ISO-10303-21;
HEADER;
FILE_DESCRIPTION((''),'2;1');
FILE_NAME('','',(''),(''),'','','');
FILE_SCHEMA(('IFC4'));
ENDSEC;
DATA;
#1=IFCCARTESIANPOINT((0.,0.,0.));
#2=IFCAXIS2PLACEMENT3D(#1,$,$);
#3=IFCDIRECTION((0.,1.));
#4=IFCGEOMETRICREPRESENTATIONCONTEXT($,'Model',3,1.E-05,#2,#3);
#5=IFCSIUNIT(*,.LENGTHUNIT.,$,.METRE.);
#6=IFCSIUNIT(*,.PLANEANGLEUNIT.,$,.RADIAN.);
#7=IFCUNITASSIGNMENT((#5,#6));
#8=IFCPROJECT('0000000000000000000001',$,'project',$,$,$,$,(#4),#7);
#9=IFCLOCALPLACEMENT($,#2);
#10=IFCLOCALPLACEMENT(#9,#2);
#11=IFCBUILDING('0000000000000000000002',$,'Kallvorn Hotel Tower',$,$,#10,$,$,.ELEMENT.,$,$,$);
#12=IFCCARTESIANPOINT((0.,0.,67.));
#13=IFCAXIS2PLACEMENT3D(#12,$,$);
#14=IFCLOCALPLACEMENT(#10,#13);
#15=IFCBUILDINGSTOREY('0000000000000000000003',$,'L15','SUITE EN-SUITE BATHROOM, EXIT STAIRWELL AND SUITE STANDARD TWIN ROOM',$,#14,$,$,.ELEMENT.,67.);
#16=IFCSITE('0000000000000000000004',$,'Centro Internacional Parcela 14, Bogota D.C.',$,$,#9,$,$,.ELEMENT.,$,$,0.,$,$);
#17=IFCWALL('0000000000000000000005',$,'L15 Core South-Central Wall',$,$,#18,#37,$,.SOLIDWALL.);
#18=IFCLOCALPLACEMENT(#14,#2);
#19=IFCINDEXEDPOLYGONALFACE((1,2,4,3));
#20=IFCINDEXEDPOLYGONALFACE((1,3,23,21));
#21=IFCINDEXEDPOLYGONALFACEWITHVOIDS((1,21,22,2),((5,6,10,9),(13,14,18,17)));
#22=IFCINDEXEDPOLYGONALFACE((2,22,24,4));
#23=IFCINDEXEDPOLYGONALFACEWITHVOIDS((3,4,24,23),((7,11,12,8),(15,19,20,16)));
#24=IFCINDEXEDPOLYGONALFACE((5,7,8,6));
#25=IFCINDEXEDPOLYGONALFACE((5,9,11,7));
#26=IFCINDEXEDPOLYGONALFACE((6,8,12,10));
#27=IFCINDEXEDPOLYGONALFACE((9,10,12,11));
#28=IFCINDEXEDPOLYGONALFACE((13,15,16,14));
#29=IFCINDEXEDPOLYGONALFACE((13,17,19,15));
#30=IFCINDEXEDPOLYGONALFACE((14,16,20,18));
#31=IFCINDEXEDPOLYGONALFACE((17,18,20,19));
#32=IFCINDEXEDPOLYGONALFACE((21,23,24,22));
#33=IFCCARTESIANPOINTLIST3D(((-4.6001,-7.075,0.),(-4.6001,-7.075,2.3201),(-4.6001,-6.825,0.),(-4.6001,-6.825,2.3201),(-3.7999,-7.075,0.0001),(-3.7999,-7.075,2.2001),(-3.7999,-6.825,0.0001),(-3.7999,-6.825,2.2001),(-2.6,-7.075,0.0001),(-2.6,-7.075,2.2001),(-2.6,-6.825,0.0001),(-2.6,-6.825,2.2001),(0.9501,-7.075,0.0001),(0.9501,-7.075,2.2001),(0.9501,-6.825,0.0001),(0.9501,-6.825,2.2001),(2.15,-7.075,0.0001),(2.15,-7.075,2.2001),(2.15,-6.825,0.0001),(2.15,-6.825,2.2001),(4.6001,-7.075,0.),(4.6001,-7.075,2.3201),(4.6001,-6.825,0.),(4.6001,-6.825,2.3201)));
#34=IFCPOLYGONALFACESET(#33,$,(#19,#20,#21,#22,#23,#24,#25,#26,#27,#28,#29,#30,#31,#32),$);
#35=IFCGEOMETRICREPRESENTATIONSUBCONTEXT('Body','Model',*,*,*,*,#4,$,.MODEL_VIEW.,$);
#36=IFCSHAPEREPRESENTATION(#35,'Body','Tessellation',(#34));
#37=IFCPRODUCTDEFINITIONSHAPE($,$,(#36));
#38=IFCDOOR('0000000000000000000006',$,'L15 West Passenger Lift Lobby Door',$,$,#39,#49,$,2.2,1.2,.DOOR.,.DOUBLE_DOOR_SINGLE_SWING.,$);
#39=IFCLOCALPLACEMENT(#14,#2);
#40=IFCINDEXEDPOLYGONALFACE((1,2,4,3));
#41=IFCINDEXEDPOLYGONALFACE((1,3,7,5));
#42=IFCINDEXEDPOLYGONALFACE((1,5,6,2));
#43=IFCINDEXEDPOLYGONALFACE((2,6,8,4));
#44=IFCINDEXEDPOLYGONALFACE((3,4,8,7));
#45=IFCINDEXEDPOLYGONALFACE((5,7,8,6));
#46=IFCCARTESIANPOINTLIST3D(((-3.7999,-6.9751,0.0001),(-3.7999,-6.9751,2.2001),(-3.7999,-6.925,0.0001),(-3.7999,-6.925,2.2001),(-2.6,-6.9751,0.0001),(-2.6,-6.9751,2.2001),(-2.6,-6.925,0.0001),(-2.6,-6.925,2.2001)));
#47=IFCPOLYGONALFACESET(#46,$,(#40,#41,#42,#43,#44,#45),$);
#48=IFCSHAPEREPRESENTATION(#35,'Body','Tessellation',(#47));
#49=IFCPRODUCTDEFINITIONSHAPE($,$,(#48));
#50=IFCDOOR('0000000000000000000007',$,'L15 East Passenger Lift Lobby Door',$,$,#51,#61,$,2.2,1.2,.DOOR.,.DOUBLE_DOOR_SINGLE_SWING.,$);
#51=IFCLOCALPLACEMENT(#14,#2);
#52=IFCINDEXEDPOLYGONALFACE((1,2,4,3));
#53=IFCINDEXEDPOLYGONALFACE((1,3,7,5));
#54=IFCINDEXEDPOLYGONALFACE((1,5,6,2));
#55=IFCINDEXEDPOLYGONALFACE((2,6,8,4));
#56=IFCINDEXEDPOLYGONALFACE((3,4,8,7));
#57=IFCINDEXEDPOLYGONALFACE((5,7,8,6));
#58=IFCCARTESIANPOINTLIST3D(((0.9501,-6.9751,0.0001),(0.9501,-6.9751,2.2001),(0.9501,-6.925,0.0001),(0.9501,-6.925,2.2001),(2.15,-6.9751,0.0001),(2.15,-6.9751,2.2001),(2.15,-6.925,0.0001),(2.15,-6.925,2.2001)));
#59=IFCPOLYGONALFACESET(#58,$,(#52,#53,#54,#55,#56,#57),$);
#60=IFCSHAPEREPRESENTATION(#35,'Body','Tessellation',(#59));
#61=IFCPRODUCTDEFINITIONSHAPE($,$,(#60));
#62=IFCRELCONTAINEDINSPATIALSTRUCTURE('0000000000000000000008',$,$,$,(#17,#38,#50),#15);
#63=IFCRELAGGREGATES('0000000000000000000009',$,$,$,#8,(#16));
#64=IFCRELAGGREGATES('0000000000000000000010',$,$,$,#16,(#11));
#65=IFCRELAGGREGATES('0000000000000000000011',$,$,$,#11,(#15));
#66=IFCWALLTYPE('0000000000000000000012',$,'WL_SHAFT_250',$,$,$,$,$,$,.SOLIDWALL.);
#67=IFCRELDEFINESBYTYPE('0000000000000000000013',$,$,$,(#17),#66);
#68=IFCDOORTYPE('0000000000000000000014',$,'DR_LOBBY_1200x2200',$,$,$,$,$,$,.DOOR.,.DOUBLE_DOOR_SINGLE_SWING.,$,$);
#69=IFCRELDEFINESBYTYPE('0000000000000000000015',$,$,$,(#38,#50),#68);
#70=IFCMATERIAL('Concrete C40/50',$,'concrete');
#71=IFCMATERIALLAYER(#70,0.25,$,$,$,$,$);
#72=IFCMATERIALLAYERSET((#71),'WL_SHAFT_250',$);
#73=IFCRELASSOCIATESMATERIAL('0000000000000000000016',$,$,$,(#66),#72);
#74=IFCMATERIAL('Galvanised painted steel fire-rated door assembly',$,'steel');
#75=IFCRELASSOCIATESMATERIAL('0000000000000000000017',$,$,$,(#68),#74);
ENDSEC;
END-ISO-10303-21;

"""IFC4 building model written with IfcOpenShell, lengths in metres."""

from ifc_helpers import new_model, si_unit, direction, frame, frame_2d, origin, place, context, subcontext, project, spatial, rectangle, extrude, material, layer, layer_set, type_object, element, fill, save


model = new_model("IFC4")

# Units and contexts
model_context = context("Model", 3, precision=1e-05, world=origin(), true_north=direction((0.0, 1.0)))
body_context = subcontext(model_context, "Body", "Model", "MODEL_VIEW")
ifc_project = project(units=[si_unit("LENGTHUNIT", "METRE"), si_unit("PLANEANGLEUNIT", "RADIAN")], contexts=[model_context])

# Site, building, storey
site_placement = place(None, origin())
site = spatial("IfcSite", under=ifc_project, at=site_placement, Name="Centro Internacional Parcela 14, Bogota D.C.", CompositionType="ELEMENT", RefElevation=0.0)
building_placement = place(site_placement, origin())
building = spatial("IfcBuilding", under=site, at=building_placement, Name="Kallvorn Hotel Tower", CompositionType="ELEMENT")
storey_placement = place(building_placement, frame((0.0, 0.0, 67.0)))
storey = spatial("IfcBuildingStorey", under=building, at=storey_placement, Name="L15", Description="SUITE EN-SUITE BATHROOM, EXIT STAIRWELL AND SUITE STANDARD TWIN ROOM", CompositionType="ELEMENT", Elevation=67.0)

# Wall, openings, doors
ifc_material_1 = material(Name="Concrete C40/50", Category="concrete")
ifc_layer_1 = layer(ifc_material_1, 0.25)
ifc_layer_set_1 = layer_set([ifc_layer_1], Name="WL_SHAFT_250")
wall_type_1 = type_object("IfcWallType", Name="WL_SHAFT_250", PredefinedType="SOLIDWALL", material=ifc_layer_set_1)
wall_1_placement = place(storey_placement, frame((-4.6001, -6.95, 0.0), z_axis=(0.0, 0.0, 1.0), x_axis=(1.0, 0.0, 0.0)))
wall_1 = element("IfcWall", 1, at=wall_1_placement, inside=storey, type_object=wall_type_1, Name="L15 Core South-Central Wall", PredefinedType="SOLIDWALL", context=body_context, shape_type="SweptSolid", body=[
    extrude(rectangle(XDim=9.2002, YDim=0.25, at=frame_2d((4.6001, 0.0))), origin(), (0.0, 0.0, 1.0), 2.3201),
])
opening_1_placement = place(wall_1_placement, frame((0.8, 0.0, 0.0)))
opening_1 = element("IfcOpeningElement", 2, at=opening_1_placement, cuts=wall_1, PredefinedType="OPENING", context=body_context, shape_type="SweptSolid", body=[
    extrude(rectangle(XDim=1.2, YDim=2.2, at=frame_2d((0.6001, 1.1001))), frame((0.0, 0.1399, 0.0), z_axis=(0.0, -1.0, 0.0), x_axis=(1.0, 0.0, 0.0)), (0.0, 0.0, 1.0), 0.28),
])
opening_2_placement = place(wall_1_placement, frame((5.55, 0.0, 0.0)))
opening_2 = element("IfcOpeningElement", 3, at=opening_2_placement, cuts=wall_1, PredefinedType="OPENING", context=body_context, shape_type="SweptSolid", body=[
    extrude(rectangle(XDim=1.2, YDim=2.2, at=frame_2d((0.6001, 1.1001))), frame((0.0, 0.1399, 0.0), z_axis=(0.0, -1.0, 0.0), x_axis=(1.0, 0.0, 0.0)), (0.0, 0.0, 1.0), 0.28),
])
ifc_material_2 = material(Name="Galvanised painted steel fire-rated door assembly", Category="steel")
door_type_1 = type_object("IfcDoorType", Name="DR_LOBBY_1200x2200", OperationType="DOUBLE_DOOR_SINGLE_SWING", PredefinedType="DOOR", material=ifc_material_2)
door_1_placement = place(opening_1_placement, origin())
door_1 = element("IfcDoor", 4, at=door_1_placement, inside=storey, type_object=door_type_1, Name="L15 West Passenger Lift Lobby Door", OperationType="DOUBLE_DOOR_SINGLE_SWING", OverallHeight=2.2, OverallWidth=1.2, PredefinedType="DOOR", context=body_context, shape_type="SweptSolid", body=[
    extrude(rectangle(XDim=1.2, YDim=2.2, at=frame_2d((0.6001, 1.1001))), frame((0.0, 0.0249, 0.0), z_axis=(0.0, -1.0, 0.0), x_axis=(1.0, 0.0, 0.0)), (0.0, 0.0, 1.0), 0.05),
])
fill(opening_1, door_1)
door_2_placement = place(opening_2_placement, origin())
door_2 = element("IfcDoor", 5, at=door_2_placement, inside=storey, type_object=door_type_1, Name="L15 East Passenger Lift Lobby Door", OperationType="DOUBLE_DOOR_SINGLE_SWING", OverallHeight=2.2, OverallWidth=1.2, PredefinedType="DOOR", context=body_context, shape_type="SweptSolid", body=[
    extrude(rectangle(XDim=1.2, YDim=2.2, at=frame_2d((0.6001, 1.1001))), frame((0.0, 0.0249, 0.0), z_axis=(0.0, -1.0, 0.0), x_axis=(1.0, 0.0, 0.0)), (0.0, 0.0, 1.0), 0.05),
])
fill(opening_2, door_2)

save(model, "model.ifc")
